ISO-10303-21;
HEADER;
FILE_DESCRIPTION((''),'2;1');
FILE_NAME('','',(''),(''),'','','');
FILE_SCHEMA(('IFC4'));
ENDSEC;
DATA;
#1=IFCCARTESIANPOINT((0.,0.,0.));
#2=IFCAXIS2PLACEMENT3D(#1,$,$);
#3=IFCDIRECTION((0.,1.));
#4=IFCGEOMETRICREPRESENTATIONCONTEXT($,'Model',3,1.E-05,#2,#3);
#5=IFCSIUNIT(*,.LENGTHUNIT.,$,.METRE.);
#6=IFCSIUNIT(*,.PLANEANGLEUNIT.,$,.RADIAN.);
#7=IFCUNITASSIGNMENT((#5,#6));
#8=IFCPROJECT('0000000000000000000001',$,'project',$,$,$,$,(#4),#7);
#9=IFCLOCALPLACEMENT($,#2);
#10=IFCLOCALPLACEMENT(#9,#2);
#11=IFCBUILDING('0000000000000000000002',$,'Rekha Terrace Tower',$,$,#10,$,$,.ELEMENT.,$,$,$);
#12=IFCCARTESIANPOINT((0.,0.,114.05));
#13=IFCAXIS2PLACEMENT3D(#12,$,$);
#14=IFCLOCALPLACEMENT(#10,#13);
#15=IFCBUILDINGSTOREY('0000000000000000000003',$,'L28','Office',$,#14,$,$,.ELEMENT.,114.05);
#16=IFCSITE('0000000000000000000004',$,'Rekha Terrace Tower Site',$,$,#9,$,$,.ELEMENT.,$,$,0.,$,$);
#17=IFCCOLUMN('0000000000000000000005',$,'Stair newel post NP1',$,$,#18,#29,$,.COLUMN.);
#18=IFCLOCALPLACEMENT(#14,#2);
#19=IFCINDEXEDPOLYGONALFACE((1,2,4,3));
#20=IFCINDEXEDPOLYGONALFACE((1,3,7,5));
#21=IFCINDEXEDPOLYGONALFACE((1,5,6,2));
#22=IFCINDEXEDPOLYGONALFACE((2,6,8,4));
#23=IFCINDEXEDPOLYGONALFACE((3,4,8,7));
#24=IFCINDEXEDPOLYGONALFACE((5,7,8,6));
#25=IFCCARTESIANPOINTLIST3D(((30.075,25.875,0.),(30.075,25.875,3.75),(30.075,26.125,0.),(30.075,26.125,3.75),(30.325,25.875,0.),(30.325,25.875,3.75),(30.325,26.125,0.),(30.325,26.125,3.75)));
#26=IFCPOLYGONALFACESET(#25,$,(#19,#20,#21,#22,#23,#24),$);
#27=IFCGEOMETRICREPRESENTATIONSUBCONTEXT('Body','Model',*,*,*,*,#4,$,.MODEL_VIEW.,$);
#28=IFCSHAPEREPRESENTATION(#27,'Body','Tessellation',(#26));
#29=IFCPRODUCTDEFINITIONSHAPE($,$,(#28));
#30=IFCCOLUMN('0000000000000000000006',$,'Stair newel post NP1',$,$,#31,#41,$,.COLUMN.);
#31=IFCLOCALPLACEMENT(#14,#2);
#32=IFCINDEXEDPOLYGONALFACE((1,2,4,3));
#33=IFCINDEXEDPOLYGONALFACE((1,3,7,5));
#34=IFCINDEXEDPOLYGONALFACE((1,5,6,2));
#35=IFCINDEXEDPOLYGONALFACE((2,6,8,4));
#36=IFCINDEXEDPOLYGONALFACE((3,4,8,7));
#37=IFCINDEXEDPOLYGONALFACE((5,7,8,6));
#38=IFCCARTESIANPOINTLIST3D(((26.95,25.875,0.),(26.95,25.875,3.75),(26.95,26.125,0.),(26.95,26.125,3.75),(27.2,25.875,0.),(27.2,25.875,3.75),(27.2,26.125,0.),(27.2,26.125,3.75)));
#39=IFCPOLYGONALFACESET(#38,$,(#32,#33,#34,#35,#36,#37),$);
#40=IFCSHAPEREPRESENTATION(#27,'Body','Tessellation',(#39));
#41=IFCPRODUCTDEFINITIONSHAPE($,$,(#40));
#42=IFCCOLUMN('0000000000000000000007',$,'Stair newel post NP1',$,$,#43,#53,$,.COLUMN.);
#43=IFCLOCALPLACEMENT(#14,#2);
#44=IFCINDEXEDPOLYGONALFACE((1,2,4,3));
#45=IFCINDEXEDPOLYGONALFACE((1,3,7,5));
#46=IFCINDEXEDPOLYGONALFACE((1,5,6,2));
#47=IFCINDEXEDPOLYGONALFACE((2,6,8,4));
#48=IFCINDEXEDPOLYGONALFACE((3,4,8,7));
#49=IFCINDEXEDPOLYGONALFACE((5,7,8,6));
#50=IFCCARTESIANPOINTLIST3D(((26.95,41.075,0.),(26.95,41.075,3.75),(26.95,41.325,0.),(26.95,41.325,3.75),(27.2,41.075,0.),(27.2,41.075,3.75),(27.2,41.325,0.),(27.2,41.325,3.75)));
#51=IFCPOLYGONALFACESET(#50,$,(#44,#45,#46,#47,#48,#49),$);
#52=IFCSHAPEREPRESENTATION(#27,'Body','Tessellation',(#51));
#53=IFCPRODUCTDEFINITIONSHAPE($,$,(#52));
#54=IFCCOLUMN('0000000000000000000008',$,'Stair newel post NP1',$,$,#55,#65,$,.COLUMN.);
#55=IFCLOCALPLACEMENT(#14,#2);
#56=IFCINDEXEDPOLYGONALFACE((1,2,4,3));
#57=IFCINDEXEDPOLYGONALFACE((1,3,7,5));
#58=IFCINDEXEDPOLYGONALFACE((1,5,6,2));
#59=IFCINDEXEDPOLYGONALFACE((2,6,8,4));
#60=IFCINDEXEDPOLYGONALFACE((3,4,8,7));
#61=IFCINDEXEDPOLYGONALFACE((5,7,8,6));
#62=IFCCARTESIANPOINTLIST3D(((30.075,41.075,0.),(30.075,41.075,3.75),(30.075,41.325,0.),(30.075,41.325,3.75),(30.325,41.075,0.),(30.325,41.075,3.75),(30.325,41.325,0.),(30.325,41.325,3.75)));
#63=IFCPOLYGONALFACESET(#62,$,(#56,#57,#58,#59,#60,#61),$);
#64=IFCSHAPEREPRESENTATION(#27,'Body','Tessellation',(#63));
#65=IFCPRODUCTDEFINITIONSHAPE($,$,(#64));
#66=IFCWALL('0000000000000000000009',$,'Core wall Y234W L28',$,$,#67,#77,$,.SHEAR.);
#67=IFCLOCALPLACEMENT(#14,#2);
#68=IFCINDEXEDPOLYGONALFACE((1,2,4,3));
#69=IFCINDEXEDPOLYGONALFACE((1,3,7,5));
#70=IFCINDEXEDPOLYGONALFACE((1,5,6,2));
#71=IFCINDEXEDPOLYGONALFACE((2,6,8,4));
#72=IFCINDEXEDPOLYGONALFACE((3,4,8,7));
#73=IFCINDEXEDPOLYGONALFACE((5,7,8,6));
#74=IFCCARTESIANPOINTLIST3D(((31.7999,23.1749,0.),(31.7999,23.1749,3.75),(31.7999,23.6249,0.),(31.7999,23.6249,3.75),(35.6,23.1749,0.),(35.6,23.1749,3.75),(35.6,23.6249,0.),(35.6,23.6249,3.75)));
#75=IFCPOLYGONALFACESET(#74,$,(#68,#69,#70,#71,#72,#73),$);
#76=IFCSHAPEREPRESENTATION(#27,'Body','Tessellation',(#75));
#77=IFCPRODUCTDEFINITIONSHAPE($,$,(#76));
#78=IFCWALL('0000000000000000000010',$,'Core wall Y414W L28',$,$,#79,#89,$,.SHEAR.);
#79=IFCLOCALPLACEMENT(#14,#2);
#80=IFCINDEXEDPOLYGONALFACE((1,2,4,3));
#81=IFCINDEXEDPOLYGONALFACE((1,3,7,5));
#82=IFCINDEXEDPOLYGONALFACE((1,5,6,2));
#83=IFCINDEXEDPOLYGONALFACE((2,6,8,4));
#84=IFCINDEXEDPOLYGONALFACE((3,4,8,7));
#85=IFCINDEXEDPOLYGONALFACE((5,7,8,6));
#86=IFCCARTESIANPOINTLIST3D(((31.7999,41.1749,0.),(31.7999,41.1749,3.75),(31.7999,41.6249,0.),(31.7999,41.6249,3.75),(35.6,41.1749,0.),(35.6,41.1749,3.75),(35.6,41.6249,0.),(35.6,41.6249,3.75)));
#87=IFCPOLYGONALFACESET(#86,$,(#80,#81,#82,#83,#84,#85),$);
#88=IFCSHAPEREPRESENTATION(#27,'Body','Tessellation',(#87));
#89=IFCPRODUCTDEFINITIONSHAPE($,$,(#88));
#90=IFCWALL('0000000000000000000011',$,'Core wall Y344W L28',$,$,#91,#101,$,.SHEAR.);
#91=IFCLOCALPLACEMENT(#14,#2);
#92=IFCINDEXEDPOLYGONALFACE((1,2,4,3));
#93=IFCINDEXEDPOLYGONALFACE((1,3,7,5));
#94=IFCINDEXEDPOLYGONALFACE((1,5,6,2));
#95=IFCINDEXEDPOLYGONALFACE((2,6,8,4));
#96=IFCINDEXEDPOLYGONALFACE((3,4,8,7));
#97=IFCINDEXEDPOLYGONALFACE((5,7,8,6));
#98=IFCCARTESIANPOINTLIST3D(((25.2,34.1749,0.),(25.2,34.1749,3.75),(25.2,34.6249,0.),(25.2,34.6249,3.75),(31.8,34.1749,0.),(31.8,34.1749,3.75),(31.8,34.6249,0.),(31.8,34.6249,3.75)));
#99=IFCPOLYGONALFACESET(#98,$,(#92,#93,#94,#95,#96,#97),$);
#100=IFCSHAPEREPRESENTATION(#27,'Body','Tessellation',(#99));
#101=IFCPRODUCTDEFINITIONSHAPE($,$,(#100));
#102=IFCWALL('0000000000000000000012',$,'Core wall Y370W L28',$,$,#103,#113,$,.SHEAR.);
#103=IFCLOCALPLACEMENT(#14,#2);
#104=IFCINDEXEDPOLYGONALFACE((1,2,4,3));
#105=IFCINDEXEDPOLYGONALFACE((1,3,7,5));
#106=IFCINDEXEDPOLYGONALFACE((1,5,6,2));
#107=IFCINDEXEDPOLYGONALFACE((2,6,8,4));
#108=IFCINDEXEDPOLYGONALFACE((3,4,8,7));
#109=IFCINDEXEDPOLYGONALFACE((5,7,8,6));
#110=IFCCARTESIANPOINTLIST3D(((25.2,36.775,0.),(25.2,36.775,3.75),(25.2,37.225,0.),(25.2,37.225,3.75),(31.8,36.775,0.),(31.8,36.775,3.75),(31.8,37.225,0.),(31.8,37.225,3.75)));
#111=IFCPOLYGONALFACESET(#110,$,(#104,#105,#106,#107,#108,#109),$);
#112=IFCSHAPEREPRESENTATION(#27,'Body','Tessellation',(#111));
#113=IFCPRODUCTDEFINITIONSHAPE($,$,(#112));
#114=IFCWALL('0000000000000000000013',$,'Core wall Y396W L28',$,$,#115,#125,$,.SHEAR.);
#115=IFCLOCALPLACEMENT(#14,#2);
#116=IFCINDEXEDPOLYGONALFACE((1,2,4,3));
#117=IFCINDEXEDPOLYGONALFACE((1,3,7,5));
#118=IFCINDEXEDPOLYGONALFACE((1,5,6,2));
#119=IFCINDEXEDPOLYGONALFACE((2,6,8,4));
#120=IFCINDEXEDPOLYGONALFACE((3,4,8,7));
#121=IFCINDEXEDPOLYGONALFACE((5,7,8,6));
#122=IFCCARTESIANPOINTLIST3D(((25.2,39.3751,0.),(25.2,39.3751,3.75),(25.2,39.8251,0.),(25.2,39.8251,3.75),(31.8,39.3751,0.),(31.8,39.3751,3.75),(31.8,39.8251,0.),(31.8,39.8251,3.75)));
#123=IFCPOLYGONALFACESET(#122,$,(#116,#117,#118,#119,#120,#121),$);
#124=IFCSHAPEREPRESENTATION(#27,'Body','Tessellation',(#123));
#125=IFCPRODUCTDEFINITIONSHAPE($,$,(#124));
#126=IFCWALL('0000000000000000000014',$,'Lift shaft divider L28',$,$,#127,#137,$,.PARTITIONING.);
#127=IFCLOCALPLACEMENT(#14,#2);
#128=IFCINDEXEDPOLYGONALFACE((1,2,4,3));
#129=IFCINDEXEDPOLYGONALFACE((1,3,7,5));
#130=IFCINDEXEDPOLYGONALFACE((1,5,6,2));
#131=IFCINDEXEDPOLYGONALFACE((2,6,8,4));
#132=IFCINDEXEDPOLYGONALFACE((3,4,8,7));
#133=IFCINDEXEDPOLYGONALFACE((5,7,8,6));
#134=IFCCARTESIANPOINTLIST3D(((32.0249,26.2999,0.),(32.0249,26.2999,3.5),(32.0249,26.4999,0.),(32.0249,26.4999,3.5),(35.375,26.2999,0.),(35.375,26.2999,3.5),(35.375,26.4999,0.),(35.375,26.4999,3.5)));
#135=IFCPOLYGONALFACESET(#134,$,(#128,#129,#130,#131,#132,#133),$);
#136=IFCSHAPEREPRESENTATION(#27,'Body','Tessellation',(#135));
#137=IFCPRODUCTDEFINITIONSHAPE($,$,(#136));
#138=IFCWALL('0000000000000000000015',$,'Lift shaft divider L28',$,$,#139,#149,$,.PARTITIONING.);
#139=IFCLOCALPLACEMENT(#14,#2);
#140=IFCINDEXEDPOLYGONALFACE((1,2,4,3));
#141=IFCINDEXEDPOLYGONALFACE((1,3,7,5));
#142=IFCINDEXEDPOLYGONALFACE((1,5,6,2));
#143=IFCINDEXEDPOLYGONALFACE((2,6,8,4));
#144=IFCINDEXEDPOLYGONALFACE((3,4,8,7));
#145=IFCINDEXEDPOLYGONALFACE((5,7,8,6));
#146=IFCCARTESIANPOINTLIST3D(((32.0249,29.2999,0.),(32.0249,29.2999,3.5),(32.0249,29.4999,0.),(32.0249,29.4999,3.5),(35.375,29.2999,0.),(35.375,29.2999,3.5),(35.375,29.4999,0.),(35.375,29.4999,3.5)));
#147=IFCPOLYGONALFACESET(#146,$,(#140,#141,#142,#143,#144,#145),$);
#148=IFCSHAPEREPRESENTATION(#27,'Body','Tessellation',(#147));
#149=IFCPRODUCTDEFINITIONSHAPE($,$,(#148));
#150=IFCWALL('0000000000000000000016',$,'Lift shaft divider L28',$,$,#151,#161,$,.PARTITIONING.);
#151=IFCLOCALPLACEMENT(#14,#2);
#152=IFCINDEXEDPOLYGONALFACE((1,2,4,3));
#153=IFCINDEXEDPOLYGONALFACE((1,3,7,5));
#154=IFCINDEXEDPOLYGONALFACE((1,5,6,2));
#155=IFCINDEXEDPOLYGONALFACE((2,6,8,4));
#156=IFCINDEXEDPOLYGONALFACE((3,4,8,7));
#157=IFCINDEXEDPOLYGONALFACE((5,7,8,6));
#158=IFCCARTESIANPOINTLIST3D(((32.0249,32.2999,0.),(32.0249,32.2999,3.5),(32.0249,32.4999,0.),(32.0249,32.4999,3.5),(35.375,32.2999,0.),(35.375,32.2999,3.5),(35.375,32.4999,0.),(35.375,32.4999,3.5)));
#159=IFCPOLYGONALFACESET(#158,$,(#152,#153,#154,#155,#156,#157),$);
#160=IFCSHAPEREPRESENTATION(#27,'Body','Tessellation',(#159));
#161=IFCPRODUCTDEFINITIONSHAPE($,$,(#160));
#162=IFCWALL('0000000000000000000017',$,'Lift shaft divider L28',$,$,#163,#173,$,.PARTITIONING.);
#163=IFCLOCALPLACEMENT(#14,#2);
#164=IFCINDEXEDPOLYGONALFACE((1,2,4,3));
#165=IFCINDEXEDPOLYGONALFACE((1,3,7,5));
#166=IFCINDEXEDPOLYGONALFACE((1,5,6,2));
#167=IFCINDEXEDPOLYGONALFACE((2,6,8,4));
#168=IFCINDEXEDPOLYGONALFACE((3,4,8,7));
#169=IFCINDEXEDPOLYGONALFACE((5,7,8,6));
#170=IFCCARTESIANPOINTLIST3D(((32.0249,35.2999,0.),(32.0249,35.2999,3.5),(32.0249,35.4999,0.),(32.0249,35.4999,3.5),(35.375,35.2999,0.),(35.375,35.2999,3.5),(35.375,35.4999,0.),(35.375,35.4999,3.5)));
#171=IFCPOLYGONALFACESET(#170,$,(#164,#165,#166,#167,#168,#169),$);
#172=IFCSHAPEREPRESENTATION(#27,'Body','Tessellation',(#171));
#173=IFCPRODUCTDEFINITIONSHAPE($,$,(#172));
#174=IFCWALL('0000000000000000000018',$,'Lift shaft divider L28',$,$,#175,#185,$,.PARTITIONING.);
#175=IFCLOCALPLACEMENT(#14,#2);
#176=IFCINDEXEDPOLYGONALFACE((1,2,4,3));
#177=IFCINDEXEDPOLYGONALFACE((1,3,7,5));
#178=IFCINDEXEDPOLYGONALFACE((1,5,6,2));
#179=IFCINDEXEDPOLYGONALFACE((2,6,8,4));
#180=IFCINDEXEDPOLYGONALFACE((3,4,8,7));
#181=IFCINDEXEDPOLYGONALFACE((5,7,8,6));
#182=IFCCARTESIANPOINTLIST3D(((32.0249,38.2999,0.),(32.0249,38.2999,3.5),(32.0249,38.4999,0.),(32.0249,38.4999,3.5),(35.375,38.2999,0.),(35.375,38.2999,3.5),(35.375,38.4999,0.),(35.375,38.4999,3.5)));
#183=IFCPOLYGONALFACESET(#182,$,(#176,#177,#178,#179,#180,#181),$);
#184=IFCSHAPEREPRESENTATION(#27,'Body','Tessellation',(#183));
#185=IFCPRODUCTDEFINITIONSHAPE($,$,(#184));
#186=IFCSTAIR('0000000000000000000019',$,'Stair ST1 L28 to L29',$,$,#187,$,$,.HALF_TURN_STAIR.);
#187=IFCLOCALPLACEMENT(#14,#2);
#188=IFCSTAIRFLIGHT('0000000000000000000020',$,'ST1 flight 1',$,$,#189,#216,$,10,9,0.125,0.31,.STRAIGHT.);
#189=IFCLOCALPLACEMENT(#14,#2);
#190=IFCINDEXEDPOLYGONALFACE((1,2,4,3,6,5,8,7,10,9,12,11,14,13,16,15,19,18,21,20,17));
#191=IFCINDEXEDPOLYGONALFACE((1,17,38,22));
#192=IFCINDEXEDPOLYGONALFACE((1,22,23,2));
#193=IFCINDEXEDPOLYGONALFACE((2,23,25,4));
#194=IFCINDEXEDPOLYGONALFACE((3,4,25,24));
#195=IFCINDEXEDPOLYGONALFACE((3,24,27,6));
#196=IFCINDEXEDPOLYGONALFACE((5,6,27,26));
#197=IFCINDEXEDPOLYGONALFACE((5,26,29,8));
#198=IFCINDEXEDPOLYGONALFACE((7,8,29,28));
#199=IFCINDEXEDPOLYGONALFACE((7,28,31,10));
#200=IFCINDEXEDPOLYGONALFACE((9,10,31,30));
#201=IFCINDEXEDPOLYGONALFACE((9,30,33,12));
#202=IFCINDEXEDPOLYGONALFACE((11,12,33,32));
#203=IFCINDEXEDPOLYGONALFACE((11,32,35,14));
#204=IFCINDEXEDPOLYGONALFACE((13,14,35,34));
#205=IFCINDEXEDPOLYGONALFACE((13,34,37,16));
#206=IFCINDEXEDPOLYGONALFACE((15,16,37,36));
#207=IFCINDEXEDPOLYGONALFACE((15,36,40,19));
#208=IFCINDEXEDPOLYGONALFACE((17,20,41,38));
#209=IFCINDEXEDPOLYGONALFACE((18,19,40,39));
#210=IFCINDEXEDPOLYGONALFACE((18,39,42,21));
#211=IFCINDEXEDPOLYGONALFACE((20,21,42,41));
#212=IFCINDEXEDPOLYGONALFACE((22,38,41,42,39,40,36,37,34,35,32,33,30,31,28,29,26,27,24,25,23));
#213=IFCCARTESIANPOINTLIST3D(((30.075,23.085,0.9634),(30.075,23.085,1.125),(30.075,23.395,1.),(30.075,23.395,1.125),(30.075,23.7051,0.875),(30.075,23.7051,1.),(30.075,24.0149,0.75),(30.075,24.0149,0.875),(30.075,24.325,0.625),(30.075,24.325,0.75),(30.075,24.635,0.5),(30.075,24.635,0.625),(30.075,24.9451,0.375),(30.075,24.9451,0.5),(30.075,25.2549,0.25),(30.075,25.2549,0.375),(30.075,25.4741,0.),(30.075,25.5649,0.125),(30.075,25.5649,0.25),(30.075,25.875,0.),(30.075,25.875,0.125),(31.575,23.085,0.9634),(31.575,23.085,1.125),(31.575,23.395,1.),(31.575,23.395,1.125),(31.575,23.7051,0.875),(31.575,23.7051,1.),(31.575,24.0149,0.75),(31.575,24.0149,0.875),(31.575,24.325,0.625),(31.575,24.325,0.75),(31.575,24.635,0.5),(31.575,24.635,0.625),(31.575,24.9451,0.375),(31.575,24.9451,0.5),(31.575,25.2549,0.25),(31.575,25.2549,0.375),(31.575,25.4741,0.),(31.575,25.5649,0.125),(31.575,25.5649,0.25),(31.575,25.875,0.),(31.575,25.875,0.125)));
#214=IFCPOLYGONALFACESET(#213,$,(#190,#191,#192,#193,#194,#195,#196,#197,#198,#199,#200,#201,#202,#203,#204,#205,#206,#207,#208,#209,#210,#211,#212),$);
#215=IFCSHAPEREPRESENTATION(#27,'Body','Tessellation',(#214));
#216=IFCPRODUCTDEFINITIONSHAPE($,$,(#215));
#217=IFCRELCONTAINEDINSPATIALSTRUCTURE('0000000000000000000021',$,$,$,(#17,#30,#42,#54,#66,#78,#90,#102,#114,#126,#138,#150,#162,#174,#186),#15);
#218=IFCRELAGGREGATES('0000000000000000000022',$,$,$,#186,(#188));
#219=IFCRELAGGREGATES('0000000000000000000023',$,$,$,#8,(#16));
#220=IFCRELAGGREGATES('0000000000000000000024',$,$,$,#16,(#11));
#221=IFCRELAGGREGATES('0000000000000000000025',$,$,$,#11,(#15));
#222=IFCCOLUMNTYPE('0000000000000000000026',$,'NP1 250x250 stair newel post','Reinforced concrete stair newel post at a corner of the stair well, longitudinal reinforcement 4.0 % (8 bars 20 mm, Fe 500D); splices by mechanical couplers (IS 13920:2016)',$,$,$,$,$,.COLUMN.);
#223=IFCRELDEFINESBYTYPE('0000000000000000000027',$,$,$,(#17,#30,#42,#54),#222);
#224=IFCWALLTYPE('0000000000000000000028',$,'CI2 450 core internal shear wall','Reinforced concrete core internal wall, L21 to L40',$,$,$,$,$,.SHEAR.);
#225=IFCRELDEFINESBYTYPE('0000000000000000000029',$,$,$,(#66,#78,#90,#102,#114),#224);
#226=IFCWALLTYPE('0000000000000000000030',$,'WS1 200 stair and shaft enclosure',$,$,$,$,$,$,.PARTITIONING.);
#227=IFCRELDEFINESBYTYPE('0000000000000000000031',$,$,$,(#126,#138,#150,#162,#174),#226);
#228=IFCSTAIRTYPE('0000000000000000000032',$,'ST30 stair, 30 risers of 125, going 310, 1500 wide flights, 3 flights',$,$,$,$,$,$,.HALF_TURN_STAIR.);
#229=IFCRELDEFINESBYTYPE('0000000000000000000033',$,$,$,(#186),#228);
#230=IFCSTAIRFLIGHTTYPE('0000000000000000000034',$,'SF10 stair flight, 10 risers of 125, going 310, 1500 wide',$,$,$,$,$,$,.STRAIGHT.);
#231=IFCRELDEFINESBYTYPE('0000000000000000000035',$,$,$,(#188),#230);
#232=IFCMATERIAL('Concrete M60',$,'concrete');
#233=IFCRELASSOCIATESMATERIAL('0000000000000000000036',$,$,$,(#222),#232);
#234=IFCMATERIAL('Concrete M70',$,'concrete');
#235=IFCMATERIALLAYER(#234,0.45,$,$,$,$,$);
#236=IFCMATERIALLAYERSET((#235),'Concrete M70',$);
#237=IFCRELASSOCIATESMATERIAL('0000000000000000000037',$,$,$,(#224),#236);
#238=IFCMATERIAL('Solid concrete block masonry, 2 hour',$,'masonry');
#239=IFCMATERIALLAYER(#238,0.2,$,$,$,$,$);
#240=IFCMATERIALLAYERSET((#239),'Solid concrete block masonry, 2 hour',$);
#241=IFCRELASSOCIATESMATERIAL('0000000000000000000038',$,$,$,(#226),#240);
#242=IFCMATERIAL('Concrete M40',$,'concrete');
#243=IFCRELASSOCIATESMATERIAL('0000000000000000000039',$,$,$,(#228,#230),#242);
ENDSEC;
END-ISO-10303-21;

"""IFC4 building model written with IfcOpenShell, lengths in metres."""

from ifc_helpers import new_model, si_unit, direction, frame, frame_2d, origin, origin_2d, place, context, subcontext, project, spatial, polyline, rectangle, outline, extrude, material, layer, layer_set, material_profile, profile_set, type_object, element, aggregate, save


model = new_model("IFC4")

# Units and contexts
model_context = context("Model", 3, precision=1e-05, world=origin(), true_north=direction((0.0, 1.0)))
body_context = subcontext(model_context, "Body", "Model", "MODEL_VIEW")
ifc_project = project(units=[si_unit("LENGTHUNIT", "METRE"), si_unit("PLANEANGLEUNIT", "RADIAN")], contexts=[model_context])

# Site, building, storey
site_placement = place(None, origin())
site = spatial("IfcSite", under=ifc_project, at=site_placement, Name="Rekha Terrace Tower Site", CompositionType="ELEMENT", RefElevation=0.0)
building_placement = place(site_placement, origin())
building = spatial("IfcBuilding", under=site, at=building_placement, Name="Rekha Terrace Tower", CompositionType="ELEMENT")
storey_placement = place(building_placement, frame((0.0, 0.0, 114.05)))
storey = spatial("IfcBuildingStorey", under=building, at=storey_placement, Name="L28", Description="Office", CompositionType="ELEMENT", Elevation=114.05)

# Columns
ifc_material_1 = material(Name="Concrete M60", Category="concrete")
ifc_material_profile = material_profile(ifc_material_1, rectangle(XDim=0.25, YDim=0.25, at=origin_2d()), Name="RC 250x250")
ifc_profile_set = profile_set([ifc_material_profile], Name="Concrete M60")
column_type = type_object("IfcColumnType", Name="NP1 250x250 stair newel post", Description="Reinforced concrete stair newel post at a corner of the stair well, longitudinal reinforcement 4.0 % (8 bars 20 mm, Fe 500D); splices by mechanical couplers (IS 13920:2016)", PredefinedType="COLUMN", material=ifc_profile_set)
for number, where, z_axis, x_axis, name in (
    (1, (30.2, 26.0, 0.0), (0.0, 0.0, 1.0), (1.0, 0.0, 0.0), "Stair newel post NP1"),
    (2, (27.075, 26.0, 0.0), (0.0, 0.0, 1.0), (1.0, 0.0, 0.0), "Stair newel post NP1"),
    (3, (27.075, 41.2, 0.0), (0.0, 0.0, 1.0), (1.0, 0.0, 0.0), "Stair newel post NP1"),
    (4, (30.2, 41.2, 0.0), (0.0, 0.0, 1.0), (1.0, 0.0, 0.0), "Stair newel post NP1"),
):
    element("IfcColumn", number, at=place(storey_placement, frame(where, z_axis=z_axis, x_axis=x_axis)), inside=storey, type_object=column_type, Name=name, PredefinedType="COLUMN", context=body_context, shape_type="SweptSolid", body=[
        extrude(rectangle(XDim=0.25, YDim=0.25, at=origin_2d()), origin(), (0.0, 0.0, 1.0), 3.75),
    ])

# Walls
ifc_material_2 = material(Name="Concrete M70", Category="concrete")
ifc_layer_1 = layer(ifc_material_2, 0.45)
ifc_layer_set_1 = layer_set([ifc_layer_1], Name="Concrete M70")
wall_type_1 = type_object("IfcWallType", Name="CI2 450 core internal shear wall", Description="Reinforced concrete core internal wall, L21 to L40", PredefinedType="SHEAR", material=ifc_layer_set_1)
for number, where, z_axis, x_axis, name in (
    (5, (31.8, 23.3999, 0.0), (0.0, 0.0, 1.0), (1.0, 0.0, 0.0), "Core wall Y234W L28"),
    (6, (31.8, 41.3999, 0.0), (0.0, 0.0, 1.0), (1.0, 0.0, 0.0), "Core wall Y414W L28"),
):
    element("IfcWall", number, at=place(storey_placement, frame(where, z_axis=z_axis, x_axis=x_axis)), inside=storey, type_object=wall_type_1, Name=name, PredefinedType="SHEAR", context=body_context, shape_type="SweptSolid", body=[
        extrude(rectangle(XDim=3.8, YDim=0.45, at=frame_2d((1.8999, 0.0))), origin(), (0.0, 0.0, 1.0), 3.75),
    ])
for number, where, z_axis, x_axis, name in (
    (7, (25.2, 34.3999, 0.0), (0.0, 0.0, 1.0), (1.0, 0.0, 0.0), "Core wall Y344W L28"),
    (8, (25.2, 37.0, 0.0), (0.0, 0.0, 1.0), (1.0, 0.0, 0.0), "Core wall Y370W L28"),
    (9, (25.2, 39.6001, 0.0), (0.0, 0.0, 1.0), (1.0, 0.0, 0.0), "Core wall Y396W L28"),
):
    element("IfcWall", number, at=place(storey_placement, frame(where, z_axis=z_axis, x_axis=x_axis)), inside=storey, type_object=wall_type_1, Name=name, PredefinedType="SHEAR", context=body_context, shape_type="SweptSolid", body=[
        extrude(rectangle(XDim=6.6001, YDim=0.45, at=frame_2d((3.3, 0.0))), origin(), (0.0, 0.0, 1.0), 3.75),
    ])
ifc_material_3 = material(Name="Solid concrete block masonry, 2 hour", Category="masonry")
ifc_layer_2 = layer(ifc_material_3, 0.2)
ifc_layer_set_2 = layer_set([ifc_layer_2], Name="Solid concrete block masonry, 2 hour")
wall_type_2 = type_object("IfcWallType", Name="WS1 200 stair and shaft enclosure", PredefinedType="PARTITIONING", material=ifc_layer_set_2)
for number, where, z_axis, x_axis, name in (
    (10, (32.0249, 26.3999, 0.0), (0.0, 0.0, 1.0), (1.0, 0.0, 0.0), "Lift shaft divider L28"),
    (11, (32.0249, 29.3999, 0.0), (0.0, 0.0, 1.0), (1.0, 0.0, 0.0), "Lift shaft divider L28"),
    (12, (32.0249, 32.3999, 0.0), (0.0, 0.0, 1.0), (1.0, 0.0, 0.0), "Lift shaft divider L28"),
    (13, (32.0249, 35.3999, 0.0), (0.0, 0.0, 1.0), (1.0, 0.0, 0.0), "Lift shaft divider L28"),
    (14, (32.0249, 38.3999, 0.0), (0.0, 0.0, 1.0), (1.0, 0.0, 0.0), "Lift shaft divider L28"),
):
    element("IfcWall", number, at=place(storey_placement, frame(where, z_axis=z_axis, x_axis=x_axis)), inside=storey, type_object=wall_type_2, Name=name, PredefinedType="PARTITIONING", context=body_context, shape_type="SweptSolid", body=[
        extrude(rectangle(XDim=3.3501, YDim=0.2, at=frame_2d((1.675, 0.0))), origin(), (0.0, 0.0, 1.0), 3.5),
    ])

# Stair, stair flight
ifc_material_4 = material(Name="Concrete M40", Category="concrete")
stair_type = type_object("IfcStairType", Name="ST30 stair, 30 risers of 125, going 310, 1500 wide flights, 3 flights", PredefinedType="HALF_TURN_STAIR", material=ifc_material_4)
stair_1_placement = place(storey_placement, origin())
stair_1 = element("IfcStair", 15, at=stair_1_placement, inside=storey, type_object=stair_type, Name="Stair ST1 L28 to L29", PredefinedType="HALF_TURN_STAIR")
stair_flight_type = type_object("IfcStairFlightType", Name="SF10 stair flight, 10 risers of 125, going 310, 1500 wide", PredefinedType="STRAIGHT", material=ifc_material_4)
stair_flight_1_placement = place(storey_placement, frame((30.825, 25.875, 0.0), z_axis=(0.0, 0.0, 1.0), x_axis=(0.0, -1.0, 0.0)))
stair_flight_1 = element("IfcStairFlight", 16, at=stair_flight_1_placement, type_object=stair_flight_type, Name="ST1 flight 1", NumberOfRisers=10, NumberOfTreads=9, PredefinedType="STRAIGHT", RiserHeight=0.125, TreadLength=0.31, context=body_context, shape_type="SweptSolid", body=[
    extrude(outline(polyline([(0.0, 0.0), (0.0, 0.125), (0.3101, 0.125), (0.3101, 0.25), (0.6201, 0.25), (0.6201, 0.375), (0.9299, 0.375), (0.9299, 0.5), (1.24, 0.5), (1.24, 0.625), (1.55, 0.625), (1.55, 0.75), (1.8601, 0.75), (1.8601, 0.875), (2.1699, 0.875), (2.1699, 1.0), (2.48, 1.0), (2.48, 1.125), (2.79, 1.125), (2.79, 1.25), (2.79, 0.9634), (0.4009, 0.0), (0.0, 0.0)])), frame((0.0, 0.75, 0.0), z_axis=(0.0, -1.0, 0.0), x_axis=(1.0, 0.0, 0.0)), (0.0, 0.0, 1.0), 1.5),
])
aggregate(stair_1, [stair_flight_1])

save(model, "model.ifc")
